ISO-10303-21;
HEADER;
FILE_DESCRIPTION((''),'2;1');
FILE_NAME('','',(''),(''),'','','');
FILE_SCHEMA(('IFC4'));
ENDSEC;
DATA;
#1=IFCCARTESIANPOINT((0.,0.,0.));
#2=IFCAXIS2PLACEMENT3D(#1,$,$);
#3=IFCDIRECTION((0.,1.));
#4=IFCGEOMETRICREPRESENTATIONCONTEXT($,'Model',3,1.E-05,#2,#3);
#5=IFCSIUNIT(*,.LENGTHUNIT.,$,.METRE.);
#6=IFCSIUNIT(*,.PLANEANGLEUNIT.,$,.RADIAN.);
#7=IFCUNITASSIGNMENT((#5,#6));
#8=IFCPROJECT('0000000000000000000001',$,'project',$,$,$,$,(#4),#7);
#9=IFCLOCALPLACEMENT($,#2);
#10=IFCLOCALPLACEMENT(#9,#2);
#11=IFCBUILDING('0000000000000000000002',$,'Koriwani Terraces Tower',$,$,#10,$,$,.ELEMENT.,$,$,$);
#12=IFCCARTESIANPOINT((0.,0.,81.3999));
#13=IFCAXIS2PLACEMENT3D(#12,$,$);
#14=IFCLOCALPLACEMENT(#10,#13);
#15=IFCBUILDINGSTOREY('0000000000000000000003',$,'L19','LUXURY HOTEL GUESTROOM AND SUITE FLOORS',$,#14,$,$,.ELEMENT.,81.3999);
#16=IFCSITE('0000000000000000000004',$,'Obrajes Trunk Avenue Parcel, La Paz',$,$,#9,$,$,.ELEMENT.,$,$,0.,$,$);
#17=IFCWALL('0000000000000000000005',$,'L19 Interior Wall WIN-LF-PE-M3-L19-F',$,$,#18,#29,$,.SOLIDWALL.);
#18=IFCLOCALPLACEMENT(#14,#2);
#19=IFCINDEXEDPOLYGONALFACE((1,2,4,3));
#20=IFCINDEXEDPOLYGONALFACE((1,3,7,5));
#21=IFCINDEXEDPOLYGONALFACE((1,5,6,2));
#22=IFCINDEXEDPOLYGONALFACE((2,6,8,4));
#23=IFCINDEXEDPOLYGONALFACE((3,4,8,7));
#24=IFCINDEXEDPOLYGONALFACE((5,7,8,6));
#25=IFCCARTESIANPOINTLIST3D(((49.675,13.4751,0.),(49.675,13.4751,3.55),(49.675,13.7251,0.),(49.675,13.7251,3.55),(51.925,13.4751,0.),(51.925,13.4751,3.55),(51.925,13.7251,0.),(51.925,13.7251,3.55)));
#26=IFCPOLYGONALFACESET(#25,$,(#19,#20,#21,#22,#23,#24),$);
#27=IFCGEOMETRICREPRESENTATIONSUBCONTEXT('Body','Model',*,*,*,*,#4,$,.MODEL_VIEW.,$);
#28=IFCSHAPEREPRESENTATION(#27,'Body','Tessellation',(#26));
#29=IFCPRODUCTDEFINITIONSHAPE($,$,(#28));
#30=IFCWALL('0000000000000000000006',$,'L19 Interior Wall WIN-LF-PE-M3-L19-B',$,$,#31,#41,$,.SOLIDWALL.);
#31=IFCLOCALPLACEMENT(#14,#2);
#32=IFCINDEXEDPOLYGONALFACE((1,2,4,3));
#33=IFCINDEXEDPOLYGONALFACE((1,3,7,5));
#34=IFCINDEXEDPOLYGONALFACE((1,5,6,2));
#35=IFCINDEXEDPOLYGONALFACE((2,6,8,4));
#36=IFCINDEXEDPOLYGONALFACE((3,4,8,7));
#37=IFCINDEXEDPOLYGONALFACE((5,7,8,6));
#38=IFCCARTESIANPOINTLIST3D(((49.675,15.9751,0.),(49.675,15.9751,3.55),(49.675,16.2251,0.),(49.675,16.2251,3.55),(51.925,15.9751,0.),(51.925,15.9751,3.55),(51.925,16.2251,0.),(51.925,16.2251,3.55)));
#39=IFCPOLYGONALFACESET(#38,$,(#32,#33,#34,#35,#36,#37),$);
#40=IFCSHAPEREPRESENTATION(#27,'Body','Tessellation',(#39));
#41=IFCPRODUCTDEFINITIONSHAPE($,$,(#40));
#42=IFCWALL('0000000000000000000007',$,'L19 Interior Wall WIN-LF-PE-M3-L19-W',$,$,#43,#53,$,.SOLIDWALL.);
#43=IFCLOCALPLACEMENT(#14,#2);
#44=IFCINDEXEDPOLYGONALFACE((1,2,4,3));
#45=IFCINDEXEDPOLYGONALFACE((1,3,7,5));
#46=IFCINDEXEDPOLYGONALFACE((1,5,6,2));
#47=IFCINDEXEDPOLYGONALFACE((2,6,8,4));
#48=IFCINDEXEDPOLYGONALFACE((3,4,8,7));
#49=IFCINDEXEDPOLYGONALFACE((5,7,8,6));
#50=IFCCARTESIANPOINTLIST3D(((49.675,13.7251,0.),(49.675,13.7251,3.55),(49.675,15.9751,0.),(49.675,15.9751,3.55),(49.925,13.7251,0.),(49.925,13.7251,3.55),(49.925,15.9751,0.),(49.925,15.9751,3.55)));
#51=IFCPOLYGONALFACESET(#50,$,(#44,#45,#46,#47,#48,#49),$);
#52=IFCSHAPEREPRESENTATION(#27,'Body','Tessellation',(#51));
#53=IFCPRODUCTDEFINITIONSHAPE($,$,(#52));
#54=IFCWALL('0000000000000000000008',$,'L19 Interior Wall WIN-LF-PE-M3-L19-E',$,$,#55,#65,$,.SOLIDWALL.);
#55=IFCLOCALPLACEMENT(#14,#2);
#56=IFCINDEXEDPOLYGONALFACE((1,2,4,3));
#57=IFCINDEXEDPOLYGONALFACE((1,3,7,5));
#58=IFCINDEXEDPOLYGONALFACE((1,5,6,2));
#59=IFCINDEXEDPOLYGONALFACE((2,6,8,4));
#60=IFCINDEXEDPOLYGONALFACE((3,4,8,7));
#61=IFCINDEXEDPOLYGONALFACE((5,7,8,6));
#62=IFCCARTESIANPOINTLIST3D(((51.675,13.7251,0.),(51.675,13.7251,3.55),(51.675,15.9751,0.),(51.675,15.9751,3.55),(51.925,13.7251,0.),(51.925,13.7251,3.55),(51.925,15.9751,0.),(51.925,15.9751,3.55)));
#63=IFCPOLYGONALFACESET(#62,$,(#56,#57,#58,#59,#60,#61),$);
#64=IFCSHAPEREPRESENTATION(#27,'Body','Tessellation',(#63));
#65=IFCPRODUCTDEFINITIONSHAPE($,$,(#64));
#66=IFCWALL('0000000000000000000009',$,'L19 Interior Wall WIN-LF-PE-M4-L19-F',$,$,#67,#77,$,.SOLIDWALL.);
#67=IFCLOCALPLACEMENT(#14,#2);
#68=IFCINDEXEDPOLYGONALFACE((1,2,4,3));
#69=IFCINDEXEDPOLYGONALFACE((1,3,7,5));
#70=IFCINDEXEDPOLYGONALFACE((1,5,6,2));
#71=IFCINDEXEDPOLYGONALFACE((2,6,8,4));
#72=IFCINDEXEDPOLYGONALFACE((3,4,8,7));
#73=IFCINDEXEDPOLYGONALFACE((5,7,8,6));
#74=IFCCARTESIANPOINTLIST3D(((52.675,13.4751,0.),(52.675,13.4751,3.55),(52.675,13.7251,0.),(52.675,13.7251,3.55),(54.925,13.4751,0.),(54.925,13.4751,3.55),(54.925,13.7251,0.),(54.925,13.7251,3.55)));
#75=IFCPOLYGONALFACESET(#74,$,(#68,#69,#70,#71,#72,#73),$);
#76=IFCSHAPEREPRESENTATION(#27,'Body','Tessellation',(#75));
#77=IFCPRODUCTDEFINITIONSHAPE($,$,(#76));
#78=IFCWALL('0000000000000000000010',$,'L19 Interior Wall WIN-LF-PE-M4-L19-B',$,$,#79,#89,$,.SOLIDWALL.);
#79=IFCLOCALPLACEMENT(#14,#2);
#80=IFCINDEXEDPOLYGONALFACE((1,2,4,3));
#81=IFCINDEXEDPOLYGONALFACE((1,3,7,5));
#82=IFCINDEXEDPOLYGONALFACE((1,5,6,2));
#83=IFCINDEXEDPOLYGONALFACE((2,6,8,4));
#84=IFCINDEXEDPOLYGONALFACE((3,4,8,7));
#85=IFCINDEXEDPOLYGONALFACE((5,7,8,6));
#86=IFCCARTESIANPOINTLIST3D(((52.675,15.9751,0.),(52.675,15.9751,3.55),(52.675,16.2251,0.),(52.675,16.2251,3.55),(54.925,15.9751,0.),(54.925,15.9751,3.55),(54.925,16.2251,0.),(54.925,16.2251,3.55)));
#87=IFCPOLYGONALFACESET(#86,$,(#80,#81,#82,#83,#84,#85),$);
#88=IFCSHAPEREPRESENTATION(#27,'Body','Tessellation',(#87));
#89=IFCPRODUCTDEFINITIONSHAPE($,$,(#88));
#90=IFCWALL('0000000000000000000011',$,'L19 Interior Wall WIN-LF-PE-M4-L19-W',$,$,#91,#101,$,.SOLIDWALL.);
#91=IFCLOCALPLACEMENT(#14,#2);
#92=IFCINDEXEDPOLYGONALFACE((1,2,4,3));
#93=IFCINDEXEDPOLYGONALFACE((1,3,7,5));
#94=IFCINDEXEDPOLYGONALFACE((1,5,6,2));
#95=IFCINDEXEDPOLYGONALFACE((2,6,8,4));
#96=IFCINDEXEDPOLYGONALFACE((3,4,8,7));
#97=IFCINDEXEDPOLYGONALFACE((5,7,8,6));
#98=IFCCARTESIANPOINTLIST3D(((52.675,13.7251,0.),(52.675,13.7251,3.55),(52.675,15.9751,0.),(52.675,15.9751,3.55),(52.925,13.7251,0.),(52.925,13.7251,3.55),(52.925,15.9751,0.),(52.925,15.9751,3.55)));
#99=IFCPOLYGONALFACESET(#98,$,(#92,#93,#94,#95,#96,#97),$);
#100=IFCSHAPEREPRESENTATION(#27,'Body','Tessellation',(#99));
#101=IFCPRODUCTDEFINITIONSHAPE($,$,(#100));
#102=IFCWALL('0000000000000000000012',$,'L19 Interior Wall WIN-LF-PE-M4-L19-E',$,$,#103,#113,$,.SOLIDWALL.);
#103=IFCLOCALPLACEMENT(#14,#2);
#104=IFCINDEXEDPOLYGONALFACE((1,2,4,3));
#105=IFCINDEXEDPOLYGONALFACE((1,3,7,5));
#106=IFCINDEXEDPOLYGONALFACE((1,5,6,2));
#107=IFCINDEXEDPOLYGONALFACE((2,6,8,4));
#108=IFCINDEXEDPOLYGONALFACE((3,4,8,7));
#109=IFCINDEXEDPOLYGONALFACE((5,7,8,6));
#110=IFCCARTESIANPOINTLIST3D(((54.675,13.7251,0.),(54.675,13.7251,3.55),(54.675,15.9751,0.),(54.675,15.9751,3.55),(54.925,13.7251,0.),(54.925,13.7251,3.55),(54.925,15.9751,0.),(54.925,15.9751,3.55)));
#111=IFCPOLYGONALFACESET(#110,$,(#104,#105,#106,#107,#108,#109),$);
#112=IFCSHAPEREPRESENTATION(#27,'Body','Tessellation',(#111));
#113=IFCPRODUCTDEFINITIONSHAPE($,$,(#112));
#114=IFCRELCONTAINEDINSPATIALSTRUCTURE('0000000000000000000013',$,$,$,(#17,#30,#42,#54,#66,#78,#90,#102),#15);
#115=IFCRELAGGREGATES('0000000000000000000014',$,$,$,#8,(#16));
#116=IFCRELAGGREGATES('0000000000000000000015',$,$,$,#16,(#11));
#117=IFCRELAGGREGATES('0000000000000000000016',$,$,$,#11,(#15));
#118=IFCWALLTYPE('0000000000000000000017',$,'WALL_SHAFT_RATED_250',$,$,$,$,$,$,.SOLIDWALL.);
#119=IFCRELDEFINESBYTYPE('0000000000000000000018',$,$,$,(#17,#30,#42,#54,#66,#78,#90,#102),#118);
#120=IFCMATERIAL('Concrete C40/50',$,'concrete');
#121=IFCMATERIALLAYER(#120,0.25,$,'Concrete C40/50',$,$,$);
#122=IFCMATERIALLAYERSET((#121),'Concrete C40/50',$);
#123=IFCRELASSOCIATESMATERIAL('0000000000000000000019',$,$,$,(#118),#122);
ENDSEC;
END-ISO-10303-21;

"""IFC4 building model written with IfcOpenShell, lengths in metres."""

from ifc_helpers import new_model, si_unit, direction, frame, frame_2d, origin, place, context, subcontext, project, spatial, rectangle, extrude, material, layer, layer_set, type_object, element, save


model = new_model("IFC4")

# Units and contexts
model_context = context("Model", 3, precision=1e-05, world=origin(), true_north=direction((0.0, 1.0)))
body_context = subcontext(model_context, "Body", "Model", "MODEL_VIEW")
ifc_project = project(units=[si_unit("LENGTHUNIT", "METRE"), si_unit("PLANEANGLEUNIT", "RADIAN")], contexts=[model_context])

# Site, building, storey
site_placement = place(None, origin())
site = spatial("IfcSite", under=ifc_project, at=site_placement, Name="Obrajes Trunk Avenue Parcel, La Paz", CompositionType="ELEMENT", RefElevation=0.0)
building_placement = place(site_placement, origin())
building = spatial("IfcBuilding", under=site, at=building_placement, Name="Koriwani Terraces Tower", CompositionType="ELEMENT")
storey_placement = place(building_placement, frame((0.0, 0.0, 81.3999)))
storey = spatial("IfcBuildingStorey", under=building, at=storey_placement, Name="L19", Description="LUXURY HOTEL GUESTROOM AND SUITE FLOORS", CompositionType="ELEMENT", Elevation=81.3999)

# Shared definitions
ifc_material_1 = material(Name="Concrete C40/50", Category="concrete")

# Shared definitions
ifc_layer_1 = layer(ifc_material_1, 0.25, Name="Concrete C40/50")
ifc_layer_set_1 = layer_set([ifc_layer_1], Name="Concrete C40/50")
wall_type_1 = type_object("IfcWallType", Name="WALL_SHAFT_RATED_250", PredefinedType="SOLIDWALL", material=ifc_layer_set_1)

# Walls
for number, where, z_axis, x_axis, name in (
    (1, (49.675, 13.6001, 0.0), (0.0, 0.0, 1.0), (1.0, 0.0, 0.0), "L19 Interior Wall WIN-LF-PE-M3-L19-F"),
    (2, (49.675, 16.1001, 0.0), (0.0, 0.0, 1.0), (1.0, 0.0, 0.0), "L19 Interior Wall WIN-LF-PE-M3-L19-B"),
    (3, (49.8, 13.7251, 0.0), (0.0, 0.0, 1.0), (0.0, 1.0, 0.0), "L19 Interior Wall WIN-LF-PE-M3-L19-W"),
    (4, (51.8, 13.7251, 0.0), (0.0, 0.0, 1.0), (0.0, 1.0, 0.0), "L19 Interior Wall WIN-LF-PE-M3-L19-E"),
    (5, (52.675, 13.6001, 0.0), (0.0, 0.0, 1.0), (1.0, 0.0, 0.0), "L19 Interior Wall WIN-LF-PE-M4-L19-F"),
    (6, (52.675, 16.1001, 0.0), (0.0, 0.0, 1.0), (1.0, 0.0, 0.0), "L19 Interior Wall WIN-LF-PE-M4-L19-B"),
    (7, (52.8, 13.7251, 0.0), (0.0, 0.0, 1.0), (0.0, 1.0, 0.0), "L19 Interior Wall WIN-LF-PE-M4-L19-W"),
    (8, (54.8, 13.7251, 0.0), (0.0, 0.0, 1.0), (0.0, 1.0, 0.0), "L19 Interior Wall WIN-LF-PE-M4-L19-E"),
):
    element("IfcWall", number, at=place(storey_placement, frame(where, z_axis=z_axis, x_axis=x_axis)), inside=storey, type_object=wall_type_1, Name=name, PredefinedType="SOLIDWALL", context=body_context, shape_type="SweptSolid", body=[
        extrude(rectangle(XDim=2.25, YDim=0.25, at=frame_2d((1.125, 0.0))), origin(), (0.0, 0.0, 1.0), 3.55),
    ])

save(model, "model.ifc")
